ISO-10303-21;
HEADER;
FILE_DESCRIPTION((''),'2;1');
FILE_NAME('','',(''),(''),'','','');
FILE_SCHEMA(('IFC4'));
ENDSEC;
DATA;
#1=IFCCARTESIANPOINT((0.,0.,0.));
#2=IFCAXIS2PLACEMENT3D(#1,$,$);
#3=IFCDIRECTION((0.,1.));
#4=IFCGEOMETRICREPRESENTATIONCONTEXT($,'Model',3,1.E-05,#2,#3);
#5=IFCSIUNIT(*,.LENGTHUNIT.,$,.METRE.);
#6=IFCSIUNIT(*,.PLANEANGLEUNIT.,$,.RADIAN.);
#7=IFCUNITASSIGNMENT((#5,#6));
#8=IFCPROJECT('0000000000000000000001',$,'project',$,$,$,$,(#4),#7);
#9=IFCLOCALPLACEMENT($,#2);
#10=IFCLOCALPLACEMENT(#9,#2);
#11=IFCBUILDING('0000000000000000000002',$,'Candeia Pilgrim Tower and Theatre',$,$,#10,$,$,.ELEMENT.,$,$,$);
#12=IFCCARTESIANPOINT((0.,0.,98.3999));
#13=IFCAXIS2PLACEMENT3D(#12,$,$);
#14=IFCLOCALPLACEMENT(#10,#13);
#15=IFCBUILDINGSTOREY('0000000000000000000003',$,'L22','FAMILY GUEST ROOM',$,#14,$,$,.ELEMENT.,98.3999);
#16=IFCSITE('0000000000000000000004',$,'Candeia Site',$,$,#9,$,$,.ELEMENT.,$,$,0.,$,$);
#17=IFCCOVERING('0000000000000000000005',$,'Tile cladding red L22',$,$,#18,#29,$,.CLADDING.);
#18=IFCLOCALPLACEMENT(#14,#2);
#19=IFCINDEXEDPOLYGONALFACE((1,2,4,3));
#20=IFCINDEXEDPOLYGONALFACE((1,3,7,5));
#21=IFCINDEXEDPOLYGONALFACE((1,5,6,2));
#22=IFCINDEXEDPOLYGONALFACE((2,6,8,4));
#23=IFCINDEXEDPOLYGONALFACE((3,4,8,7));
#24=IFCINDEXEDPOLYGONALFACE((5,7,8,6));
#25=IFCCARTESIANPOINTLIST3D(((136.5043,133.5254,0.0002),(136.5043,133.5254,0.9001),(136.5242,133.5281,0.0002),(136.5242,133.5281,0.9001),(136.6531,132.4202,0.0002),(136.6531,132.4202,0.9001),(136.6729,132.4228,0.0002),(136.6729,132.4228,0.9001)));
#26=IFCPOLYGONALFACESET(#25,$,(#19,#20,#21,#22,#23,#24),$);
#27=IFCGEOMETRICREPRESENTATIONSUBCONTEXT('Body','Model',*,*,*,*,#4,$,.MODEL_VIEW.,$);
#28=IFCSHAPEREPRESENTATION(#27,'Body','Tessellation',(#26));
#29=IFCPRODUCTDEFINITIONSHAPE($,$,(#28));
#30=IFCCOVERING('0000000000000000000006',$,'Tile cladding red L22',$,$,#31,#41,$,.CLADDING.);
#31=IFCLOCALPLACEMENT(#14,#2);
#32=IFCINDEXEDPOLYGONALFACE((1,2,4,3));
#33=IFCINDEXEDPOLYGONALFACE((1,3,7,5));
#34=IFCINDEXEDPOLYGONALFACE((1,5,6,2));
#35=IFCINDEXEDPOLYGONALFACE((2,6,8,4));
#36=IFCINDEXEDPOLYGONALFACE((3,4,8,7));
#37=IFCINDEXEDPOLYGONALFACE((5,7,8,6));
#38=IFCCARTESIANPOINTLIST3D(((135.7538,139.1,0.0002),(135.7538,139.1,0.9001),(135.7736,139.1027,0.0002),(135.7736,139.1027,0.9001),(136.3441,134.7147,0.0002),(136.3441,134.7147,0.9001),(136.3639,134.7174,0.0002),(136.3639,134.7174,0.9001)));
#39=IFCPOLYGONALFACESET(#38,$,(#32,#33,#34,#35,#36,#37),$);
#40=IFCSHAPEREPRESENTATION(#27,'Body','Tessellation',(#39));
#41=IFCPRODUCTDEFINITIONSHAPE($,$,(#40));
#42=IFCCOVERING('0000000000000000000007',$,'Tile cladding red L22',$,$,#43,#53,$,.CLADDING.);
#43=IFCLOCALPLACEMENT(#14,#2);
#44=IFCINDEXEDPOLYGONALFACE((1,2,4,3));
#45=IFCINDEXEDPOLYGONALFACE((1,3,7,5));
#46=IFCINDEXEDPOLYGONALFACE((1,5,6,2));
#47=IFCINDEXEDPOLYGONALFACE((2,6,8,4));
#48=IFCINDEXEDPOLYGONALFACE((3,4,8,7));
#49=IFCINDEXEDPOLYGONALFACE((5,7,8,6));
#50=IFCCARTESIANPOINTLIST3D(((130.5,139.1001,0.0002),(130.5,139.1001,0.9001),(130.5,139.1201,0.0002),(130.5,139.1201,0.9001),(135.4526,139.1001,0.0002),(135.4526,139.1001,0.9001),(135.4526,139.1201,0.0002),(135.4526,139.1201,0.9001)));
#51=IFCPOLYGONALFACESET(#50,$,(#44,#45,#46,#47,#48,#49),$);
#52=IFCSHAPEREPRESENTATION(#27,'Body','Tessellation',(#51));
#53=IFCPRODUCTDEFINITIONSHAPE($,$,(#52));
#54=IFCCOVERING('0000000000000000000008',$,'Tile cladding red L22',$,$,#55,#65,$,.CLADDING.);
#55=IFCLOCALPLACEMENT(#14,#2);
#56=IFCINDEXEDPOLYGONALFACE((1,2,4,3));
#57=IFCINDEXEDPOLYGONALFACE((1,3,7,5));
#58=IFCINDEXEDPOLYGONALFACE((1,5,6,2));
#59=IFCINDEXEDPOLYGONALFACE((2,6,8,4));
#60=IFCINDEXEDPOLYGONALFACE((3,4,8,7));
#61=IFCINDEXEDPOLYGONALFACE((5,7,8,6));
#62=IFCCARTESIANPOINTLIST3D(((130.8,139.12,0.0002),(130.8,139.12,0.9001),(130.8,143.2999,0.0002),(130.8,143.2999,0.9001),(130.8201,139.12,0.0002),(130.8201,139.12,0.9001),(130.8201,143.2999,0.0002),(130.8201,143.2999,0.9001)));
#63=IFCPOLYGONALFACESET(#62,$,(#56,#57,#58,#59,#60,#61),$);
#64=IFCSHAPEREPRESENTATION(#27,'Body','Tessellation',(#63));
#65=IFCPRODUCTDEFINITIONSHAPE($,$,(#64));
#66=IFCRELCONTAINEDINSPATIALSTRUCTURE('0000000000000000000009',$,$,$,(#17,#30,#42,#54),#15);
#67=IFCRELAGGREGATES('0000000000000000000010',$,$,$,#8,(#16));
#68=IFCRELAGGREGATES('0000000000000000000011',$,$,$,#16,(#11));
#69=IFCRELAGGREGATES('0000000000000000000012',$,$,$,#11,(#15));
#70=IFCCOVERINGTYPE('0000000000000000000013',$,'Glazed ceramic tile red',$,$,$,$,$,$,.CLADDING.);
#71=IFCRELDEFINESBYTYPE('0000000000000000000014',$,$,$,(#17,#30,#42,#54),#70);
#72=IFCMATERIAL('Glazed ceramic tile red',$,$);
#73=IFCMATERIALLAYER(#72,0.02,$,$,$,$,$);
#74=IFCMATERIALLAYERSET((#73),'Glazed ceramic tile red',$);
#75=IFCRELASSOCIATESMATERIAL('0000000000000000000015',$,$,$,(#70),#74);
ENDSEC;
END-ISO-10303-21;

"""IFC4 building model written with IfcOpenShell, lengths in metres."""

from ifc_helpers import new_model, si_unit, direction, frame, origin, origin_2d, place, context, subcontext, project, spatial, rectangle, extrude, material, layer, layer_set, type_object, element, save


model = new_model("IFC4")

# Units and contexts
model_context = context("Model", 3, precision=1e-05, world=origin(), true_north=direction((0.0, 1.0)))
body_context = subcontext(model_context, "Body", "Model", "MODEL_VIEW")
ifc_project = project(units=[si_unit("LENGTHUNIT", "METRE"), si_unit("PLANEANGLEUNIT", "RADIAN")], contexts=[model_context])

# Site, building, storey
site_placement = place(None, origin())
site = spatial("IfcSite", under=ifc_project, at=site_placement, Name="Candeia Site", CompositionType="ELEMENT", RefElevation=0.0)
building_placement = place(site_placement, origin())
building = spatial("IfcBuilding", under=site, at=building_placement, Name="Candeia Pilgrim Tower and Theatre", CompositionType="ELEMENT")
storey_placement = place(building_placement, frame((0.0, 0.0, 98.3999)))
storey = spatial("IfcBuildingStorey", under=building, at=storey_placement, Name="L22", Description="FAMILY GUEST ROOM", CompositionType="ELEMENT", Elevation=98.3999)

# Coverings
ifc_material_1 = material(Name="Glazed ceramic tile red")
ifc_layer_1 = layer(ifc_material_1, 0.02)
ifc_layer_set_1 = layer_set([ifc_layer_1], Name="Glazed ceramic tile red")
covering_type = type_object("IfcCoveringType", Name="Glazed ceramic tile red", PredefinedType="CLADDING", material=ifc_layer_set_1)
covering_1_placement = place(storey_placement, frame((136.5886, 132.9741, 0.0002), z_axis=(0.0, 0.0, 1.0), x_axis=(-0.133412, 0.991061, 0.0)))
element("IfcCovering", 1, at=covering_1_placement, inside=storey, type_object=covering_type, Name="Tile cladding red L22", PredefinedType="CLADDING", context=body_context, shape_type="SweptSolid", body=[
    extrude(rectangle(XDim=1.1152, YDim=0.02, at=origin_2d()), origin(), (0.0, 0.0, 1.0), 0.8999),
])
covering_2_placement = place(storey_placement, frame((136.0588, 136.9087, 0.0002), z_axis=(0.0, 0.0, 1.0), x_axis=(-0.133412, 0.991061, 0.0)))
element("IfcCovering", 2, at=covering_2_placement, inside=storey, type_object=covering_type, Name="Tile cladding red L22", PredefinedType="CLADDING", context=body_context, shape_type="SweptSolid", body=[
    extrude(rectangle(XDim=4.4248, YDim=0.02, at=origin_2d()), origin(), (0.0, 0.0, 1.0), 0.8999),
])
covering_3_placement = place(storey_placement, frame((132.9763, 139.1101, 0.0002), z_axis=(0.0, 0.0, 1.0), x_axis=(-1.0, 0.0, 0.0)))
element("IfcCovering", 3, at=covering_3_placement, inside=storey, type_object=covering_type, Name="Tile cladding red L22", PredefinedType="CLADDING", context=body_context, shape_type="SweptSolid", body=[
    extrude(rectangle(XDim=4.9526, YDim=0.02, at=origin_2d()), origin(), (0.0, 0.0, 1.0), 0.8999),
])
covering_4_placement = place(storey_placement, frame((130.8101, 141.21, 0.0002), z_axis=(0.0, 0.0, 1.0), x_axis=(0.0, 1.0, 0.0)))
element("IfcCovering", 4, at=covering_4_placement, inside=storey, type_object=covering_type, Name="Tile cladding red L22", PredefinedType="CLADDING", context=body_context, shape_type="SweptSolid", body=[
    extrude(rectangle(XDim=4.1799, YDim=0.02, at=origin_2d()), origin(), (0.0, 0.0, 1.0), 0.8999),
])

save(model, "model.ifc")
